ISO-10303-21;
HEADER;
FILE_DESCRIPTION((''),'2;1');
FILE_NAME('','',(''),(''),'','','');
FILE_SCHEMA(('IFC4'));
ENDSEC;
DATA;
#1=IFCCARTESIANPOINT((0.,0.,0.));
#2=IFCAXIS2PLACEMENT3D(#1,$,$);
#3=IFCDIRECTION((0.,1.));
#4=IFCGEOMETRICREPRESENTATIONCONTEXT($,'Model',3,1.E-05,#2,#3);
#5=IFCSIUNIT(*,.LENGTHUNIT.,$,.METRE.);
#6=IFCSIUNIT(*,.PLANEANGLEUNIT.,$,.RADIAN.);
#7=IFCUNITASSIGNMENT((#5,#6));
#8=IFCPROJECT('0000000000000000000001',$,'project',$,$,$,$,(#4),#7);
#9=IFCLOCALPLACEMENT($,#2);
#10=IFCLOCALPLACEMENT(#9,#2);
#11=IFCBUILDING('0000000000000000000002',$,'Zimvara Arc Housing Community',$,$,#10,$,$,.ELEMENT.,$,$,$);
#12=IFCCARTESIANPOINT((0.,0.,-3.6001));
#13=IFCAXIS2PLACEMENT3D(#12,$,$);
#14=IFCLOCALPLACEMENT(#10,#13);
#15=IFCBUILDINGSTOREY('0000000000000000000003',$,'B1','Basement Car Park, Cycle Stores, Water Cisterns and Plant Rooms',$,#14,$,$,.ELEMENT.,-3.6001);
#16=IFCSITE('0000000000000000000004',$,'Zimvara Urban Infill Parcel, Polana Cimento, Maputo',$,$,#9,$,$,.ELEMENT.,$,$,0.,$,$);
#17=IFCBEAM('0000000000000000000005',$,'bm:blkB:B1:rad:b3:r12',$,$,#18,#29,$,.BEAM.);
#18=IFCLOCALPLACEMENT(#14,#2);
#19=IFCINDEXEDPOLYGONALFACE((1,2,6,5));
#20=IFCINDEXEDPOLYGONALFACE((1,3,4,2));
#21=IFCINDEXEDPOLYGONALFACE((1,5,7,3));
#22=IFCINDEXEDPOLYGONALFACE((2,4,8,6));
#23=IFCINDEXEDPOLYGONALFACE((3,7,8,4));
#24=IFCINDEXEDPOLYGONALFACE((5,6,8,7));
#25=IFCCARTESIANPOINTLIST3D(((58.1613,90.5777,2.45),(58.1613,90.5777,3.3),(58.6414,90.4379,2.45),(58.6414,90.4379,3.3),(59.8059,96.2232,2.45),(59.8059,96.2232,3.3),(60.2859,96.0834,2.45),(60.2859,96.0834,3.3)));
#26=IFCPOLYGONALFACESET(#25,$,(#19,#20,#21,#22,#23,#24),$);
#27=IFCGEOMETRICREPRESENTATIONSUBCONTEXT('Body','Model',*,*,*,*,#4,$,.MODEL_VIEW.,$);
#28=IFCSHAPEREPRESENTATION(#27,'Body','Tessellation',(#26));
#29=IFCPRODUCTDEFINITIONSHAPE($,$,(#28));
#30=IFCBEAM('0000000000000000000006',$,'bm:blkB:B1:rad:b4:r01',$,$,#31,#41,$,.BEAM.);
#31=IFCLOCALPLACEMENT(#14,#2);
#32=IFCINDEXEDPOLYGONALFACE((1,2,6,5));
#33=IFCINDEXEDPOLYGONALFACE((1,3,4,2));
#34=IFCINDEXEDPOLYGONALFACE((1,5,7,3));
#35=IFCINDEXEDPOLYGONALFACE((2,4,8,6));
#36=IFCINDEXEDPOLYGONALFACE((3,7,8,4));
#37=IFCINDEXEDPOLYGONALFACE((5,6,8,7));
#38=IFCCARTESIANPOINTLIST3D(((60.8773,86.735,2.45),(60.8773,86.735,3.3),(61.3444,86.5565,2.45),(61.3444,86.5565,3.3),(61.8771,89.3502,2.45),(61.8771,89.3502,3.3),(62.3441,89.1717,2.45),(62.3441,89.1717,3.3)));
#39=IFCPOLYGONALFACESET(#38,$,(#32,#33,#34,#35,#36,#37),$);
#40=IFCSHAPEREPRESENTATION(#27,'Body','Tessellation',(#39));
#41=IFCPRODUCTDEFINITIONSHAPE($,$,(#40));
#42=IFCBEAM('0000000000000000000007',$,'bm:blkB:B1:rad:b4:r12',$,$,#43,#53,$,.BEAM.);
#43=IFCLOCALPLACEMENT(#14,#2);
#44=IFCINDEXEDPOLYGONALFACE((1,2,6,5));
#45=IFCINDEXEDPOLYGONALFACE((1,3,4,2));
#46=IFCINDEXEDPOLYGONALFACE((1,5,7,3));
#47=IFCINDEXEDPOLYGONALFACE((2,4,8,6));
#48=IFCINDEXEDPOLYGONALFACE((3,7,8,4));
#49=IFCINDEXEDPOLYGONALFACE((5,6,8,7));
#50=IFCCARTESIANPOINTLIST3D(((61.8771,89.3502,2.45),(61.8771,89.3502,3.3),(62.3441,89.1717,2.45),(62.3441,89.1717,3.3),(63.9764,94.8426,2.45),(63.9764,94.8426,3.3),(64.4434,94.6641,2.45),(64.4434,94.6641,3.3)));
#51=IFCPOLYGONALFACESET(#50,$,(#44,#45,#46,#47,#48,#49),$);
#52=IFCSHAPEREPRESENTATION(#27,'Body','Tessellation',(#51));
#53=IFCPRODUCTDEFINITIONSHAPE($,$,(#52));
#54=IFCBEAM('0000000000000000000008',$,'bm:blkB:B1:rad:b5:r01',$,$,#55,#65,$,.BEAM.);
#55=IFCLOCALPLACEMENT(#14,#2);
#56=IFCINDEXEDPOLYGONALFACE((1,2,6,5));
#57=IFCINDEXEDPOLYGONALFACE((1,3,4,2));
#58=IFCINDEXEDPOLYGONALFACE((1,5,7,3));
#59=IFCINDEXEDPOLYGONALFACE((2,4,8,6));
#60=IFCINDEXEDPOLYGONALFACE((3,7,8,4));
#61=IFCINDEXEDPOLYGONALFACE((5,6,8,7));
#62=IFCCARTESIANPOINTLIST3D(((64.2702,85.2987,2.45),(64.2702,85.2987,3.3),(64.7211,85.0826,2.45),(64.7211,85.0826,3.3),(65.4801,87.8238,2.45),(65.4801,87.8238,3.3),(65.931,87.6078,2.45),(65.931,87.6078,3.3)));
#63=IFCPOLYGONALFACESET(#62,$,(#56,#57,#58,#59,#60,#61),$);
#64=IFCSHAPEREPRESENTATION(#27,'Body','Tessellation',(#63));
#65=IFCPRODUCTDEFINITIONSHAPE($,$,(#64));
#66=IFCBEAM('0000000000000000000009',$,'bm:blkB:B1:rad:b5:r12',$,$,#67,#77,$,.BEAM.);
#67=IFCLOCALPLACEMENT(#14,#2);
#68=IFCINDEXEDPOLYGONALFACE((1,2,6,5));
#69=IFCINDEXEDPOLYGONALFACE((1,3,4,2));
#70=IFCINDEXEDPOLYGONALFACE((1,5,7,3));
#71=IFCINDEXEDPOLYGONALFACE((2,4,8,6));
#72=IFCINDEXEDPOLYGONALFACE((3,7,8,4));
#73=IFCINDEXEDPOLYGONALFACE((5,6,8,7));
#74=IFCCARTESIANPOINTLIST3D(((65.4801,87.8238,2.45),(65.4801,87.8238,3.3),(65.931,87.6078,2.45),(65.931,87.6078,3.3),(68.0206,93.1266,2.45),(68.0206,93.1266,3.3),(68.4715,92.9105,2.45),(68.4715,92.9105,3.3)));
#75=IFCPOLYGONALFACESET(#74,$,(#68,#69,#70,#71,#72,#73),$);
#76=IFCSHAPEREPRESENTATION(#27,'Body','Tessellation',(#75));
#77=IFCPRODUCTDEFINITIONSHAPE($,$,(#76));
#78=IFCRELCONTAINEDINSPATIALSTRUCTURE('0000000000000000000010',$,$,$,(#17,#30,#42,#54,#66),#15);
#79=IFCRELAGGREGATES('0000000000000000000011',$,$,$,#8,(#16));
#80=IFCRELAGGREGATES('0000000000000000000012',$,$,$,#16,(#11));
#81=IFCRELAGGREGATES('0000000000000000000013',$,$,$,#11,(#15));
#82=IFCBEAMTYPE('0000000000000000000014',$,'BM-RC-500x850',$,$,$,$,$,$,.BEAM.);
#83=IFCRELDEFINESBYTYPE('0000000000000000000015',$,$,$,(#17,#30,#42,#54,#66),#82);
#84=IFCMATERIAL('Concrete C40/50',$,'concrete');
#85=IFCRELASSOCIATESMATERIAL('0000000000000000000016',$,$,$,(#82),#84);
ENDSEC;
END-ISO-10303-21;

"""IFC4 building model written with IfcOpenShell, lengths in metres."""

from ifc_helpers import new_model, si_unit, direction, frame, origin, origin_2d, place, context, subcontext, project, spatial, rectangle, extrude, material, material_profile, profile_set, type_object, element, save


model = new_model("IFC4")

# Units and contexts
model_context = context("Model", 3, precision=1e-05, world=origin(), true_north=direction((0.0, 1.0)))
body_context = subcontext(model_context, "Body", "Model", "MODEL_VIEW")
ifc_project = project(units=[si_unit("LENGTHUNIT", "METRE"), si_unit("PLANEANGLEUNIT", "RADIAN")], contexts=[model_context])

# Site, building, storey
site_placement = place(None, origin())
site = spatial("IfcSite", under=ifc_project, at=site_placement, Name="Zimvara Urban Infill Parcel, Polana Cimento, Maputo", CompositionType="ELEMENT", RefElevation=0.0)
building_placement = place(site_placement, origin())
building = spatial("IfcBuilding", under=site, at=building_placement, Name="Zimvara Arc Housing Community", CompositionType="ELEMENT")
storey_placement = place(building_placement, frame((0.0, 0.0, -3.6001)))
storey = spatial("IfcBuildingStorey", under=building, at=storey_placement, Name="B1", Description="Basement Car Park, Cycle Stores, Water Cisterns and Plant Rooms", CompositionType="ELEMENT", Elevation=-3.6001)

# Beams
ifc_material_1 = material(Name="Concrete C40/50", Category="concrete")
ifc_material_profile_1 = material_profile(ifc_material_1, rectangle(XDim=0.5, YDim=0.8501, at=origin_2d()), Name="RC 500x850")
ifc_profile_set_1 = profile_set([ifc_material_profile_1], Name="Concrete C40/50")
beam_type = type_object("IfcBeamType", Name="BM-RC-500x850", PredefinedType="BEAM", material=ifc_profile_set_1)
beam_1_placement = place(storey_placement, frame((58.4014, 90.5078, 2.875), z_axis=(0.279675, 0.960095, 0.0), x_axis=(-0.960095, 0.279675, 0.0)))
element("IfcBeam", 1, at=beam_1_placement, inside=storey, type_object=beam_type, Name="bm:blkB:B1:rad:b3:r12", PredefinedType="BEAM", context=body_context, shape_type="SweptSolid", body=[
    extrude(rectangle(XDim=0.5, YDim=0.8501, at=origin_2d()), origin(), (0.0, 0.0, 1.0), 5.8801),
])
beam_2_placement = place(storey_placement, frame((61.1108, 86.6458, 2.875), z_axis=(0.357079, 0.934074, 0.0), x_axis=(-0.934074, 0.357079, 0.0)))
element("IfcBeam", 2, at=beam_2_placement, inside=storey, type_object=beam_type, Name="bm:blkB:B1:rad:b4:r01", PredefinedType="BEAM", context=body_context, shape_type="SweptSolid", body=[
    extrude(rectangle(XDim=0.5, YDim=0.8501, at=origin_2d()), origin(), (0.0, 0.0, 1.0), 2.7998),
])
beam_3_placement = place(storey_placement, frame((62.1106, 89.261, 2.875), z_axis=(0.357036, 0.934091, 0.0), x_axis=(-0.934091, 0.357036, 0.0)))
element("IfcBeam", 3, at=beam_3_placement, inside=storey, type_object=beam_type, Name="bm:blkB:B1:rad:b4:r12", PredefinedType="BEAM", context=body_context, shape_type="SweptSolid", body=[
    extrude(rectangle(XDim=0.5, YDim=0.8501, at=origin_2d()), origin(), (0.0, 0.0, 1.0), 5.8799),
])
beam_4_placement = place(storey_placement, frame((64.4956, 85.1907, 2.875), z_axis=(0.432119, 0.901817, 0.0), x_axis=(-0.901817, 0.432119, 0.0)))
element("IfcBeam", 4, at=beam_4_placement, inside=storey, type_object=beam_type, Name="bm:blkB:B1:rad:b5:r01", PredefinedType="BEAM", context=body_context, shape_type="SweptSolid", body=[
    extrude(rectangle(XDim=0.5, YDim=0.8501, at=origin_2d()), origin(), (0.0, 0.0, 1.0), 2.8),
])
beam_5_placement = place(storey_placement, frame((65.7056, 87.7158, 2.875), z_axis=(0.43207, 0.90184, 0.0), x_axis=(-0.90184, 0.43207, 0.0)))
element("IfcBeam", 5, at=beam_5_placement, inside=storey, type_object=beam_type, Name="bm:blkB:B1:rad:b5:r12", PredefinedType="BEAM", context=body_context, shape_type="SweptSolid", body=[
    extrude(rectangle(XDim=0.5, YDim=0.8501, at=origin_2d()), origin(), (0.0, 0.0, 1.0), 5.8799),
])

save(model, "model.ifc")
